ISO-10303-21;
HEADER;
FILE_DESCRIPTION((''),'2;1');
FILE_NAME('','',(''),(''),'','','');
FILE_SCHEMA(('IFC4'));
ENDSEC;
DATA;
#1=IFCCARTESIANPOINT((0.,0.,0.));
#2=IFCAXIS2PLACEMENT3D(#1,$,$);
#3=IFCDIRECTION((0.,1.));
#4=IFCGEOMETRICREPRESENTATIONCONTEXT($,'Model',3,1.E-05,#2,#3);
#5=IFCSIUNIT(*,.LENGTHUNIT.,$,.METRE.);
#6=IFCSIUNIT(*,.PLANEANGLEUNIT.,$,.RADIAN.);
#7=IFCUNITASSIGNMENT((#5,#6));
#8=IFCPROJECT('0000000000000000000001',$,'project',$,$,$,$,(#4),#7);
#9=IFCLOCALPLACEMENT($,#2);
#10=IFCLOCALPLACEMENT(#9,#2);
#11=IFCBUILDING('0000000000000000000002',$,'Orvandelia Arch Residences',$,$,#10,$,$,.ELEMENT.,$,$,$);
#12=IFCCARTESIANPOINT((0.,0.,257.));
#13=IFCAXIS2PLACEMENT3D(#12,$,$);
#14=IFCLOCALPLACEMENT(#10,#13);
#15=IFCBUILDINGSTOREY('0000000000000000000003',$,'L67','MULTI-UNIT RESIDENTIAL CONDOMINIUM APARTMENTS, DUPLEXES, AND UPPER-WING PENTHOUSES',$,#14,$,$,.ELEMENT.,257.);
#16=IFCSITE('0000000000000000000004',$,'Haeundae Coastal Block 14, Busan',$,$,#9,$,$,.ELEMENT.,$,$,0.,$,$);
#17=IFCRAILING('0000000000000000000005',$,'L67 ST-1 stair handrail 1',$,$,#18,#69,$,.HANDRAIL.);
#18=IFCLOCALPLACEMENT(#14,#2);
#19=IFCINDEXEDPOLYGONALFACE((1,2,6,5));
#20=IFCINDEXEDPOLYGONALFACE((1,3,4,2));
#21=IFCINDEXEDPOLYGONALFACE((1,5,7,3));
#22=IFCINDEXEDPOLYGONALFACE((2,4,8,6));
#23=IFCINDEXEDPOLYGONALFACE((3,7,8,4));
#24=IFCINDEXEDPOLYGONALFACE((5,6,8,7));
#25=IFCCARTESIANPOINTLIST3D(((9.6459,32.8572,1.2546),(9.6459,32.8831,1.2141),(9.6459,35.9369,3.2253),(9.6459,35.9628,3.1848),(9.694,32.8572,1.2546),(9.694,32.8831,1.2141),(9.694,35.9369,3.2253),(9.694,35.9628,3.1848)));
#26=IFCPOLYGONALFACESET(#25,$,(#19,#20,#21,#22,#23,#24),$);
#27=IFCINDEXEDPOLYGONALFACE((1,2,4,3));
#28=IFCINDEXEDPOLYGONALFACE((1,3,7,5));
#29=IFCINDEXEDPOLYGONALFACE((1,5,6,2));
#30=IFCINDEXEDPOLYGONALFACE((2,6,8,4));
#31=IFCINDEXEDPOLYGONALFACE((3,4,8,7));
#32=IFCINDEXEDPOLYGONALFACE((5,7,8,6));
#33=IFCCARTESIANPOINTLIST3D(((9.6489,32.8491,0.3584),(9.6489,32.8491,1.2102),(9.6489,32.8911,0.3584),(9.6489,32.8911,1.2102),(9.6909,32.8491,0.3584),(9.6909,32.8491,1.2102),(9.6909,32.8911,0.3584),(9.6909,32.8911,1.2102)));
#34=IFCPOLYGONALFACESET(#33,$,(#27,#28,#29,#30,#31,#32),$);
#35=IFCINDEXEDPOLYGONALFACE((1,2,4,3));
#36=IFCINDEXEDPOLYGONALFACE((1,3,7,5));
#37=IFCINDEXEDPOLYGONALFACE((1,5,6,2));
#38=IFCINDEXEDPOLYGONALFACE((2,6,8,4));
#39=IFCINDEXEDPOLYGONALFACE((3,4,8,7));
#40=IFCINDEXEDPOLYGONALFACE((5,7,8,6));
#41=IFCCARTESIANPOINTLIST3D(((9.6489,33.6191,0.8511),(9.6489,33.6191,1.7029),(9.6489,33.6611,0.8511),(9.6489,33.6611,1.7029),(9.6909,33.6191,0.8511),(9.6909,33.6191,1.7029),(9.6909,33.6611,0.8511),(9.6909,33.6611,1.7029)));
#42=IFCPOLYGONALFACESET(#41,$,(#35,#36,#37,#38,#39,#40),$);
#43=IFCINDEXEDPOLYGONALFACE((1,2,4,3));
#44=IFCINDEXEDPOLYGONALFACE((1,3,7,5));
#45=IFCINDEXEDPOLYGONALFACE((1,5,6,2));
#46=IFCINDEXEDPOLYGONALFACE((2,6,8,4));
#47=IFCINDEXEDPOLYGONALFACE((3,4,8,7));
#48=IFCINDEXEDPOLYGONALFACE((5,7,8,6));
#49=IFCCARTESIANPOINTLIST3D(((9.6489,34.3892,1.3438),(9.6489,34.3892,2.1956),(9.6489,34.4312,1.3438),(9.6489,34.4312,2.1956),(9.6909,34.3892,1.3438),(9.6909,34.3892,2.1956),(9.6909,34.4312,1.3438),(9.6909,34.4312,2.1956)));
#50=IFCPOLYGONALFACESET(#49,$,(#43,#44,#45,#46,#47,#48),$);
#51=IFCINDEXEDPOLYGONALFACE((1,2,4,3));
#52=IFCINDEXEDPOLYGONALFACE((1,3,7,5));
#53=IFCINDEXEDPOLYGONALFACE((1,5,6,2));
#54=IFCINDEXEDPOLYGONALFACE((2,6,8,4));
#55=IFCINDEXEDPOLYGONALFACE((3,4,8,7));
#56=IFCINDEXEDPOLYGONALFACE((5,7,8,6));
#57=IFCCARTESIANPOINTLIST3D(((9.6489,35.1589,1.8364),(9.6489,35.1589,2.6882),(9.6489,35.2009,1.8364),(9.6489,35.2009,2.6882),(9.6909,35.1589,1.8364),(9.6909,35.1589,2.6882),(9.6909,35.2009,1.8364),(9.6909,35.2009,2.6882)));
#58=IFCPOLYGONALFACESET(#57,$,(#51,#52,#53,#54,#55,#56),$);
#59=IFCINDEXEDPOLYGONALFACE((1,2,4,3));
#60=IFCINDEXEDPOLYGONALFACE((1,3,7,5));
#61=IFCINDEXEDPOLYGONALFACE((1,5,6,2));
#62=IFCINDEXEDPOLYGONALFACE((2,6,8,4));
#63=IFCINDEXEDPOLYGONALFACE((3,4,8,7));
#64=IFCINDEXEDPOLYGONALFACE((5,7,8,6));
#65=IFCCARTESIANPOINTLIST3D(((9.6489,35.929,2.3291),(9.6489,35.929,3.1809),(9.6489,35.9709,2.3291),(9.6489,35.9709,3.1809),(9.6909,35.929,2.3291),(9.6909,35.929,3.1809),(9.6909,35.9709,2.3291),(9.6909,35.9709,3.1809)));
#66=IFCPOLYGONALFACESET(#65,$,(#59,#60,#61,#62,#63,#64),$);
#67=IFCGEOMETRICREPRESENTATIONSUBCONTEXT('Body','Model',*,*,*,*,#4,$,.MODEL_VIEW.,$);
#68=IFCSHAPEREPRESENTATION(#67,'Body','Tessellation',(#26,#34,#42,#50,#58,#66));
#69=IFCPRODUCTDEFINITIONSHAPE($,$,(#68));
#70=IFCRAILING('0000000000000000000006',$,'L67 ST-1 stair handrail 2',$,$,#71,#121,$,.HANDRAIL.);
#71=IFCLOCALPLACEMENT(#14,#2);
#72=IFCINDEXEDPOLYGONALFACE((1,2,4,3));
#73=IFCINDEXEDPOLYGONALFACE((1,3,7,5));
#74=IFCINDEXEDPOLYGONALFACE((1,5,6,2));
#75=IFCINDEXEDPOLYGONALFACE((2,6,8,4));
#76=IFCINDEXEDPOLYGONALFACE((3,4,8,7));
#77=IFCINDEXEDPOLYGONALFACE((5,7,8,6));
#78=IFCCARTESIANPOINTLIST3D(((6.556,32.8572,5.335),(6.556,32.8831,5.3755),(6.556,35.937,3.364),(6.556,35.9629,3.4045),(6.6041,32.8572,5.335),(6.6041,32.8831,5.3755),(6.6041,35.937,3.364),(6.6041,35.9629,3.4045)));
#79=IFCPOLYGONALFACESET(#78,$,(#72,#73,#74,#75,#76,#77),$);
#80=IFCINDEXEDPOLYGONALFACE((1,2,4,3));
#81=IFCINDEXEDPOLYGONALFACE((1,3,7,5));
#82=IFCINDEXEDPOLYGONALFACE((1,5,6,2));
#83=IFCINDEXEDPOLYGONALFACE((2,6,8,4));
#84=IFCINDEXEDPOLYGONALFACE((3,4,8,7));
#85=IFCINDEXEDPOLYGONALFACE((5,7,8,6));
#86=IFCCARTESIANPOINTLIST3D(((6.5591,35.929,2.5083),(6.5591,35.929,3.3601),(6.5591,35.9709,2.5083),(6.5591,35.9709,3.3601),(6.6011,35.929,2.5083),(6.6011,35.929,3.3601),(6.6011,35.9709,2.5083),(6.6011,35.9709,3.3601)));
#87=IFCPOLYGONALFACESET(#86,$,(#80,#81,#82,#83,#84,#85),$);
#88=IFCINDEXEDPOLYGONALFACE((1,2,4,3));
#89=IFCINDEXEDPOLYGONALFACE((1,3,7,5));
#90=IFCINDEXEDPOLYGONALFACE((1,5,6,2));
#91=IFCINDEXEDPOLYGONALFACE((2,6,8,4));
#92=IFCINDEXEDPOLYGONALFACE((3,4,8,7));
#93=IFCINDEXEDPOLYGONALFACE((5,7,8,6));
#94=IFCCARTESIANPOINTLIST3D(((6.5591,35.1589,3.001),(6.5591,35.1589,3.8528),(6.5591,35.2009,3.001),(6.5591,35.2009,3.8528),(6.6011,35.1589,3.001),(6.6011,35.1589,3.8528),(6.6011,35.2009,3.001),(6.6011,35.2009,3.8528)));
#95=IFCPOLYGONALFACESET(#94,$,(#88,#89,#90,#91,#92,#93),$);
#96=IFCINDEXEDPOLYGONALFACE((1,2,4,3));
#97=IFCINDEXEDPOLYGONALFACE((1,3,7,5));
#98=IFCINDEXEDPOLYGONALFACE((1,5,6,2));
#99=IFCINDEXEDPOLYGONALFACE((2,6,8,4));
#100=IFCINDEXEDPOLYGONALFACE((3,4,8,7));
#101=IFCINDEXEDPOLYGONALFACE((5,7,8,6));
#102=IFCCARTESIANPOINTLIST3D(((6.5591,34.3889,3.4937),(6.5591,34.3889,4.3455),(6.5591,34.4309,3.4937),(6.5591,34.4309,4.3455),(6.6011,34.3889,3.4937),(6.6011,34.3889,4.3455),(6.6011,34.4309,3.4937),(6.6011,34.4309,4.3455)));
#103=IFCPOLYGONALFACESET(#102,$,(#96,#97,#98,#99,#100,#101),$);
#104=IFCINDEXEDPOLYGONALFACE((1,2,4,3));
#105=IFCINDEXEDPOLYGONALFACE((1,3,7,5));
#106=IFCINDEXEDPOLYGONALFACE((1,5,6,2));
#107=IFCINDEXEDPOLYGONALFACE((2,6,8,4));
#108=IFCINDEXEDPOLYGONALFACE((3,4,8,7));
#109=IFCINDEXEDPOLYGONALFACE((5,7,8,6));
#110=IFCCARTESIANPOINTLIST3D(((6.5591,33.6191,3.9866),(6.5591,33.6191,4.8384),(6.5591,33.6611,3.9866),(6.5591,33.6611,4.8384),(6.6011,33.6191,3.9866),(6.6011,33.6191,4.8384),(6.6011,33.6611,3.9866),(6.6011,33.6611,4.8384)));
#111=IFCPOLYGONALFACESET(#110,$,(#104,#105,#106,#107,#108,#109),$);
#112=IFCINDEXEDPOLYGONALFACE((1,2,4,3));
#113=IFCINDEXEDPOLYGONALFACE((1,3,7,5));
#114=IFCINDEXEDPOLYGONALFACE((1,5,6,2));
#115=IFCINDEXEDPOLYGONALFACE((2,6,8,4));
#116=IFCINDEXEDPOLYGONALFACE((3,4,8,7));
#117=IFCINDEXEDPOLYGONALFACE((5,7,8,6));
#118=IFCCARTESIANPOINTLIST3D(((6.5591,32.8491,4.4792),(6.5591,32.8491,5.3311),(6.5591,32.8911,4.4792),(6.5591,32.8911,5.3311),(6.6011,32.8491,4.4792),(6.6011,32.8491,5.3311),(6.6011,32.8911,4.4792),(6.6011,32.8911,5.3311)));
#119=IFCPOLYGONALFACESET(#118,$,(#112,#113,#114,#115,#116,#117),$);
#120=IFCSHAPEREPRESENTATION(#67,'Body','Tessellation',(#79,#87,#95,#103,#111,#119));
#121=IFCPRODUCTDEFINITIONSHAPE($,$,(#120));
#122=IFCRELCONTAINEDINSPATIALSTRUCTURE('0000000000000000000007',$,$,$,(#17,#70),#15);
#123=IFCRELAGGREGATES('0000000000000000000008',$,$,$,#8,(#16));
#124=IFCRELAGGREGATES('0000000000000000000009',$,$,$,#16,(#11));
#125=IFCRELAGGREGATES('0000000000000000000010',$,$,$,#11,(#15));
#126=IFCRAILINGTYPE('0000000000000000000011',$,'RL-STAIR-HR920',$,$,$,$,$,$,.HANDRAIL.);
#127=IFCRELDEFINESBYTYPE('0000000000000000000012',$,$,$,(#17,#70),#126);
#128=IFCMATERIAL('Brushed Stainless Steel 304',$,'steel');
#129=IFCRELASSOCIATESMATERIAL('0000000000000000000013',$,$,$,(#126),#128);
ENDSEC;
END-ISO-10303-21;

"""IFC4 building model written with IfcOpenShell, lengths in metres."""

from ifc_helpers import new_model, si_unit, direction, frame, origin, origin_2d, place, context, subcontext, project, spatial, rectangle, extrude, material, type_object, element, save


model = new_model("IFC4")

# Units and contexts
model_context = context("Model", 3, precision=1e-05, world=origin(), true_north=direction((0.0, 1.0)))
body_context = subcontext(model_context, "Body", "Model", "MODEL_VIEW")
ifc_project = project(units=[si_unit("LENGTHUNIT", "METRE"), si_unit("PLANEANGLEUNIT", "RADIAN")], contexts=[model_context])

# Site, building, storey
site_placement = place(None, origin())
site = spatial("IfcSite", under=ifc_project, at=site_placement, Name="Haeundae Coastal Block 14, Busan", CompositionType="ELEMENT", RefElevation=0.0)
building_placement = place(site_placement, origin())
building = spatial("IfcBuilding", under=site, at=building_placement, Name="Orvandelia Arch Residences", CompositionType="ELEMENT")
storey_placement = place(building_placement, frame((0.0, 0.0, 257.0)))
storey = spatial("IfcBuildingStorey", under=building, at=storey_placement, Name="L67", Description="MULTI-UNIT RESIDENTIAL CONDOMINIUM APARTMENTS, DUPLEXES, AND UPPER-WING PENTHOUSES", CompositionType="ELEMENT", Elevation=257.0)

# Railings
ifc_material_1 = material(Name="Brushed Stainless Steel 304", Category="steel")
railing_type_1 = type_object("IfcRailingType", Name="RL-STAIR-HR920", PredefinedType="HANDRAIL", material=ifc_material_1)
railing_1_placement = place(storey_placement, frame((9.6699, 32.8701, 0.3584)))
element("IfcRailing", 1, at=railing_1_placement, inside=storey, type_object=railing_type_1, Name="L67 ST-1 stair handrail 1", PredefinedType="HANDRAIL", context=body_context, shape_type="SweptSolid", body=[
    extrude(rectangle(XDim=0.0481, YDim=0.0481, at=origin_2d()), frame((0.0, 0.0, 0.876), z_axis=(0.0, 0.84232, 0.538978), x_axis=(-1.0, 0.0, 0.0)), (0.0, 0.0, 1.0), 3.6562),
    extrude(rectangle(XDim=0.042, YDim=0.042, at=origin_2d()), origin(), (0.0, 0.0, 1.0), 0.8518),
    extrude(rectangle(XDim=0.042, YDim=0.042, at=origin_2d()), frame((0.0, 0.77, 0.4927)), (0.0, 0.0, 1.0), 0.8518),
    extrude(rectangle(XDim=0.042, YDim=0.042, at=origin_2d()), frame((0.0, 1.54, 0.9854)), (0.0, 0.0, 1.0), 0.8518),
    extrude(rectangle(XDim=0.042, YDim=0.042, at=origin_2d()), frame((0.0, 2.3098, 1.478)), (0.0, 0.0, 1.0), 0.8518),
    extrude(rectangle(XDim=0.042, YDim=0.042, at=origin_2d()), frame((0.0, 3.0798, 1.9707)), (0.0, 0.0, 1.0), 0.8518),
])
railing_2_placement = place(storey_placement, frame((6.5801, 35.95, 2.5083)))
element("IfcRailing", 2, at=railing_2_placement, inside=storey, type_object=railing_type_1, Name="L67 ST-1 stair handrail 2", PredefinedType="HANDRAIL", context=body_context, shape_type="SweptSolid", body=[
    extrude(rectangle(XDim=0.0481, YDim=0.0481, at=origin_2d()), frame((0.0, 0.0, 0.876), z_axis=(0.0, -0.84229, 0.539025), x_axis=(1.0, 0.0, 0.0)), (0.0, 0.0, 1.0), 3.6565),
    extrude(rectangle(XDim=0.042, YDim=0.042, at=origin_2d()), origin(), (0.0, 0.0, 1.0), 0.8518),
    extrude(rectangle(XDim=0.042, YDim=0.042, at=origin_2d()), frame((0.0, -0.77, 0.4927)), (0.0, 0.0, 1.0), 0.8518),
    extrude(rectangle(XDim=0.042, YDim=0.042, at=origin_2d()), frame((0.0, -1.54, 0.9854)), (0.0, 0.0, 1.0), 0.8518),
    extrude(rectangle(XDim=0.042, YDim=0.042, at=origin_2d()), frame((0.0, -2.3098, 1.4783)), (0.0, 0.0, 1.0), 0.8518),
    extrude(rectangle(XDim=0.042, YDim=0.042, at=origin_2d()), frame((0.0, -3.0798, 1.9709)), (0.0, 0.0, 1.0), 0.8518),
])

save(model, "model.ifc")
